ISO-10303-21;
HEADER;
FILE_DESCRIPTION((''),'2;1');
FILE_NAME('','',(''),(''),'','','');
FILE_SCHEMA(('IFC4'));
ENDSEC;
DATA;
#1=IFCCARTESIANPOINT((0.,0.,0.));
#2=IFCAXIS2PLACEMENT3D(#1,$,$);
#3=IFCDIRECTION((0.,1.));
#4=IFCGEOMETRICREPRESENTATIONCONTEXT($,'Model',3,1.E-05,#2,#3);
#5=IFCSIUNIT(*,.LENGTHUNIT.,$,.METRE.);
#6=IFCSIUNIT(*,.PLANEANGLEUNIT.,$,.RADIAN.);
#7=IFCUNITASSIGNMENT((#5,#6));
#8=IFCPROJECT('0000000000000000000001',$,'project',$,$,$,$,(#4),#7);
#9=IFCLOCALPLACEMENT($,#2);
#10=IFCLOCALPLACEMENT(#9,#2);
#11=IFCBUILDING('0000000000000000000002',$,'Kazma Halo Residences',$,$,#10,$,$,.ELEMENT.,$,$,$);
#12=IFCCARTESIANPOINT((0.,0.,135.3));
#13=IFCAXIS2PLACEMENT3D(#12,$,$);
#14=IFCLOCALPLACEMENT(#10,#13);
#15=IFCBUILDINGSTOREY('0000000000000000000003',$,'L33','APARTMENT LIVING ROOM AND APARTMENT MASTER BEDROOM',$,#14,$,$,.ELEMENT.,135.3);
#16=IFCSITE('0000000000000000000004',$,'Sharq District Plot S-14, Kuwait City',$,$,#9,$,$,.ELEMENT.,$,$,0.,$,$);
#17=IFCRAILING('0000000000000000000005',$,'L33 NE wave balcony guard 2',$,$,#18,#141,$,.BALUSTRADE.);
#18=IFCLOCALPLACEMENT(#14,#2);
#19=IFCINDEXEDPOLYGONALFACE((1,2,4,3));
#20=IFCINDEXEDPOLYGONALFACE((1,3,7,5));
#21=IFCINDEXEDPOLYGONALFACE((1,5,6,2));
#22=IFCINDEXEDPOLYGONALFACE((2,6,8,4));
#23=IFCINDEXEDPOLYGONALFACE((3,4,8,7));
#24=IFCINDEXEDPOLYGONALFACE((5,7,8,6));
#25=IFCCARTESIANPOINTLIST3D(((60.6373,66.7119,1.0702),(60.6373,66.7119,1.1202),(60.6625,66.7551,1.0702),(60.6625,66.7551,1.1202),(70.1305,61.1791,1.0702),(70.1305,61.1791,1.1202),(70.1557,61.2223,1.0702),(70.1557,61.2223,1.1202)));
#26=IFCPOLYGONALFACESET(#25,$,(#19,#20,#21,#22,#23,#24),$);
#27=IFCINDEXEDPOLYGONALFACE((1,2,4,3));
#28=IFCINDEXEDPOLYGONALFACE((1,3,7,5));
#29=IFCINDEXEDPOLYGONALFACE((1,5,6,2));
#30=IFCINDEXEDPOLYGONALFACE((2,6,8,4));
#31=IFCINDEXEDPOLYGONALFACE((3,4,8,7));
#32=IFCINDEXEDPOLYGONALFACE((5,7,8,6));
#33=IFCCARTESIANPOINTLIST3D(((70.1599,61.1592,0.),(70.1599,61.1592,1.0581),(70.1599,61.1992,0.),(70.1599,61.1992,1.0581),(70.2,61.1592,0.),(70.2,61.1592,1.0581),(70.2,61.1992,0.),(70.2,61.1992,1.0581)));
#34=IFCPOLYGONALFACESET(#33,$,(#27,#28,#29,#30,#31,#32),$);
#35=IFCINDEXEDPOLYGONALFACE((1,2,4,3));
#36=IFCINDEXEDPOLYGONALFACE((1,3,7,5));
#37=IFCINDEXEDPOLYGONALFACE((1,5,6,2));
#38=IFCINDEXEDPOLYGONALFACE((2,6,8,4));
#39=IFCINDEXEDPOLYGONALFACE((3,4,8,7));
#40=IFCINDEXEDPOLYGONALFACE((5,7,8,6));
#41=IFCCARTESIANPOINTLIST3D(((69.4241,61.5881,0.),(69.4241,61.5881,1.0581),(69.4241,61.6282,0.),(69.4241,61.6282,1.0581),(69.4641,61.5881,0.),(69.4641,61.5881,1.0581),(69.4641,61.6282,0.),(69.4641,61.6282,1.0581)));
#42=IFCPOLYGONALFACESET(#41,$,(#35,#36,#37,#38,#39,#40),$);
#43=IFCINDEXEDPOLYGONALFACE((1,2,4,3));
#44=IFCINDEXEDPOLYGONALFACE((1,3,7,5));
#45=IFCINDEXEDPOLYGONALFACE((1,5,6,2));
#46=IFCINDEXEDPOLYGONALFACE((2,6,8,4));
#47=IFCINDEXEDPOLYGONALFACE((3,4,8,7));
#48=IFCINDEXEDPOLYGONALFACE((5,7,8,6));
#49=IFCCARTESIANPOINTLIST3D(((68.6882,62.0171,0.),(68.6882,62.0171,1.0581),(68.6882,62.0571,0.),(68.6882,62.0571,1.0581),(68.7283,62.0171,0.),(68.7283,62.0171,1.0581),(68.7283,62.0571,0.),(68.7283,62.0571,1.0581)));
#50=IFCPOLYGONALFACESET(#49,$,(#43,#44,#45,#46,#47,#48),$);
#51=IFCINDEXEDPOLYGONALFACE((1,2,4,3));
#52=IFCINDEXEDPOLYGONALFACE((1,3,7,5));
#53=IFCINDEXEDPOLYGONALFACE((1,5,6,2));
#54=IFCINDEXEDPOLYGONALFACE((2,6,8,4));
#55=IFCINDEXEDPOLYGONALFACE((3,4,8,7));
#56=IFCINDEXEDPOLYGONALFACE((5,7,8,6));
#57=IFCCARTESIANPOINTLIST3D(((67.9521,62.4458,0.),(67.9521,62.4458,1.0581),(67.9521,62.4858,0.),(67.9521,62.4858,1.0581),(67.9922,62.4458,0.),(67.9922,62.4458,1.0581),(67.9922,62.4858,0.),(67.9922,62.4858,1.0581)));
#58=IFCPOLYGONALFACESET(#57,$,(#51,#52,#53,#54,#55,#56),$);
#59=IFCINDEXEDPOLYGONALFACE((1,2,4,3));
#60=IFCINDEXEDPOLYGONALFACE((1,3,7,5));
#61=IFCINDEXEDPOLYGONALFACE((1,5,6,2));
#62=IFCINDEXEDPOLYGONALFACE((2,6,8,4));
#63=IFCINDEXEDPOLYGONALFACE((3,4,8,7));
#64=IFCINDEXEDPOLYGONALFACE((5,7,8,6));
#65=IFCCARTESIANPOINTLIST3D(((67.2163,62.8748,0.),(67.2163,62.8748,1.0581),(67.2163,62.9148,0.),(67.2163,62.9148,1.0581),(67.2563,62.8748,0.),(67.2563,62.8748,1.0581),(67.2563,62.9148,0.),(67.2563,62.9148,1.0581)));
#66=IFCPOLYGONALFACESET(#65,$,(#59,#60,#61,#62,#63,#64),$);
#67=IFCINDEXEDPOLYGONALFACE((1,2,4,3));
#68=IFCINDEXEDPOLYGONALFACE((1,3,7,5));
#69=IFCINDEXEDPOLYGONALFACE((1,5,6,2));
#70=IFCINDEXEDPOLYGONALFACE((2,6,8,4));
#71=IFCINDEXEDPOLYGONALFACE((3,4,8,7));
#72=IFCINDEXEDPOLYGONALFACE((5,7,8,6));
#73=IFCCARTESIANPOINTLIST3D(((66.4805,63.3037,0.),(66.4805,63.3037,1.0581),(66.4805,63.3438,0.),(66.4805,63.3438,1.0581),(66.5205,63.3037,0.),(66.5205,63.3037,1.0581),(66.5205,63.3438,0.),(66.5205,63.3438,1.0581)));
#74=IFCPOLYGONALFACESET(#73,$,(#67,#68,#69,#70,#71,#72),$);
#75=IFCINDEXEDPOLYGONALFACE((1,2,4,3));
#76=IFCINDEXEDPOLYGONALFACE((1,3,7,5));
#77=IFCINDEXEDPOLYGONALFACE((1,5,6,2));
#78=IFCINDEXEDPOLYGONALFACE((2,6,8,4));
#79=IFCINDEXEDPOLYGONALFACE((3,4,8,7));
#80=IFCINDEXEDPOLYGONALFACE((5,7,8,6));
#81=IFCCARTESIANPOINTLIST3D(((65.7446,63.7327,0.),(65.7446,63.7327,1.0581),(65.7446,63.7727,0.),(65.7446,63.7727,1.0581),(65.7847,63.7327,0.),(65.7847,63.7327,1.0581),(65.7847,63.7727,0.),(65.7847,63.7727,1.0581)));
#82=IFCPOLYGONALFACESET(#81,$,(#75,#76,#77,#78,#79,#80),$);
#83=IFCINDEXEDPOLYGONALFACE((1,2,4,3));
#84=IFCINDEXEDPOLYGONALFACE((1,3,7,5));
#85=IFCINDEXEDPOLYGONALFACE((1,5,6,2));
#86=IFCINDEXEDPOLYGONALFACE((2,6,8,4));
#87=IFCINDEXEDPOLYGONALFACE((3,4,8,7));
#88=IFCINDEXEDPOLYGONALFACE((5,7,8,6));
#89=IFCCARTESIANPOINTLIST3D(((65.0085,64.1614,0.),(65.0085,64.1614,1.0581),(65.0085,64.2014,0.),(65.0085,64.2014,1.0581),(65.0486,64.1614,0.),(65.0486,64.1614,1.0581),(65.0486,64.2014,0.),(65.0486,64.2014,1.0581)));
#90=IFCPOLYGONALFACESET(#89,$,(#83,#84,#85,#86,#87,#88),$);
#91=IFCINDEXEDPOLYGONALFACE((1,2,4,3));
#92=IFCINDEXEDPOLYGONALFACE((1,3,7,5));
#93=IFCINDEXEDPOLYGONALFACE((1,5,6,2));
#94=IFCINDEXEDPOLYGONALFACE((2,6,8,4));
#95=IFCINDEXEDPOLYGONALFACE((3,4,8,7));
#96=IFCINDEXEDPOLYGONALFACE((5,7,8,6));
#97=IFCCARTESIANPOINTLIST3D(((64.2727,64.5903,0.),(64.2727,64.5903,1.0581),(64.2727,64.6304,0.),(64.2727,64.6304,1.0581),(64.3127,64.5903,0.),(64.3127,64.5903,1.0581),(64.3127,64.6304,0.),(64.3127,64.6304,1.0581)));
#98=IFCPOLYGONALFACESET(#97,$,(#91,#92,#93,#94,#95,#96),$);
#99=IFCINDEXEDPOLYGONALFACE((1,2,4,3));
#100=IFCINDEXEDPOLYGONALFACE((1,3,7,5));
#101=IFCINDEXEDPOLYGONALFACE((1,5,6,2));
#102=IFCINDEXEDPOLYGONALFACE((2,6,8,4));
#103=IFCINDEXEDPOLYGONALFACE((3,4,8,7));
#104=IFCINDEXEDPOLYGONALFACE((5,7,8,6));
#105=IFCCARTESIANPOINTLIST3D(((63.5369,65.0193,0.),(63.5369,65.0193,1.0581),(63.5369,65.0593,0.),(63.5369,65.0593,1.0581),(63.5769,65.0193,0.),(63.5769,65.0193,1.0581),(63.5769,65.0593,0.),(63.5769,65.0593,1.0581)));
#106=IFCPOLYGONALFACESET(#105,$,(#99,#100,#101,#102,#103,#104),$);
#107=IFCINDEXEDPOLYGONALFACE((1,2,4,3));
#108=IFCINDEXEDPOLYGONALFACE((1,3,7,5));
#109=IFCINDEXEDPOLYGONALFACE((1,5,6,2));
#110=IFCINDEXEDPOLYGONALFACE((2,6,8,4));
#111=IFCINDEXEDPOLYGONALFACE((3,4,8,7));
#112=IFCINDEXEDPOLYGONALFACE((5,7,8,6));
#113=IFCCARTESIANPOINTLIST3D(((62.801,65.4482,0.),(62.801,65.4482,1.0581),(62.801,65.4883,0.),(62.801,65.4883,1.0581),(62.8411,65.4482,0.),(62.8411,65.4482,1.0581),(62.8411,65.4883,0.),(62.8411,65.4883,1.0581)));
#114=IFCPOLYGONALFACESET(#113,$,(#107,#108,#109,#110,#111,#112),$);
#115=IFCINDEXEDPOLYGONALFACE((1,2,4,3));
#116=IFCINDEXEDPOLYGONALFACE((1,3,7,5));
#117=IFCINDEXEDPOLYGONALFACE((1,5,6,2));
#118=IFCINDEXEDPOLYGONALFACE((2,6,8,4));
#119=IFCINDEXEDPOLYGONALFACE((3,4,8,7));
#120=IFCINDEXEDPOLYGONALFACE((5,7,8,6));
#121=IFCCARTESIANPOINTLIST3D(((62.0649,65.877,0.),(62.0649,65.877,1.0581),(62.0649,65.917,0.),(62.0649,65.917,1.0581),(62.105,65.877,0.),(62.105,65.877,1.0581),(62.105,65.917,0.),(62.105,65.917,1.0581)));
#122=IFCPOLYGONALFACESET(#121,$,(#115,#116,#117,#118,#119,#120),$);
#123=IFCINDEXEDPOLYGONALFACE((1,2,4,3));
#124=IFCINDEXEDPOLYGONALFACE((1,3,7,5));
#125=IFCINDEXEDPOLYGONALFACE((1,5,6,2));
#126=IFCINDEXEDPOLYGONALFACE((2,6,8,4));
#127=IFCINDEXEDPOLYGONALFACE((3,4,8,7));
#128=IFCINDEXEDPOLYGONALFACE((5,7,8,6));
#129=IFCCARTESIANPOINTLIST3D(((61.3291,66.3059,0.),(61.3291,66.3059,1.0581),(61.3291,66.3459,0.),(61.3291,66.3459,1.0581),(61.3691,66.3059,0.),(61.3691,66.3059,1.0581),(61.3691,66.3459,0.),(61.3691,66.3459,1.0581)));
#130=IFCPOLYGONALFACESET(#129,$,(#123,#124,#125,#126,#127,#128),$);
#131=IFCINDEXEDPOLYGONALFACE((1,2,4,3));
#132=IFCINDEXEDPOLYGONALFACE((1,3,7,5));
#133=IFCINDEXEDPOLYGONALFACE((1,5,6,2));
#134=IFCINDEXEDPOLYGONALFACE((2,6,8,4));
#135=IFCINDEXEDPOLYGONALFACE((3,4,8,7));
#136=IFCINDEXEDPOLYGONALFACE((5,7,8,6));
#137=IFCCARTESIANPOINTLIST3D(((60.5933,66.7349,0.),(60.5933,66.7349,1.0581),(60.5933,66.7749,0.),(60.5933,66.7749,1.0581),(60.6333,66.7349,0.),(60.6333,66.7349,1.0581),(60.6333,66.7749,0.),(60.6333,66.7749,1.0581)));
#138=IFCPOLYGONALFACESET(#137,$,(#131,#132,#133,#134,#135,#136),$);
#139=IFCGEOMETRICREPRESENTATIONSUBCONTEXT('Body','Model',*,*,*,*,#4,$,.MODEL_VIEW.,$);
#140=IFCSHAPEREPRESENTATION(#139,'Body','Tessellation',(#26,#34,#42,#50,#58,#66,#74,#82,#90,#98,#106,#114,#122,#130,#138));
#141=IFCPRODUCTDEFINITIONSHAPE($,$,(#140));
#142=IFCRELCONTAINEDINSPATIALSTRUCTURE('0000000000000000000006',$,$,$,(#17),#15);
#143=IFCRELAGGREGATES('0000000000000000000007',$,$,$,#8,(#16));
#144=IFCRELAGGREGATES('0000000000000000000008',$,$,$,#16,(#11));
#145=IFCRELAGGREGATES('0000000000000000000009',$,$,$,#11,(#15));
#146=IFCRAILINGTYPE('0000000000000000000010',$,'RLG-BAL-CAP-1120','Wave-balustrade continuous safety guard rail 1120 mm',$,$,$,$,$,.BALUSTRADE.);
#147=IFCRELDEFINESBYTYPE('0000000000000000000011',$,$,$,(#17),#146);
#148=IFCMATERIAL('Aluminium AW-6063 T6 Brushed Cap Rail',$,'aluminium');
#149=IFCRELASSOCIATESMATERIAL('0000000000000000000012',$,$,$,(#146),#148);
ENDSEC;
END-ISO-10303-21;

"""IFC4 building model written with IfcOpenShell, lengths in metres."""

from ifc_helpers import new_model, si_unit, direction, frame, origin, origin_2d, place, context, subcontext, project, spatial, rectangle, extrude, material, type_object, element, save


model = new_model("IFC4")

# Units and contexts
model_context = context("Model", 3, precision=1e-05, world=origin(), true_north=direction((0.0, 1.0)))
body_context = subcontext(model_context, "Body", "Model", "MODEL_VIEW")
ifc_project = project(units=[si_unit("LENGTHUNIT", "METRE"), si_unit("PLANEANGLEUNIT", "RADIAN")], contexts=[model_context])

# Site, building, storey
site_placement = place(None, origin())
site = spatial("IfcSite", under=ifc_project, at=site_placement, Name="Sharq District Plot S-14, Kuwait City", CompositionType="ELEMENT", RefElevation=0.0)
building_placement = place(site_placement, origin())
building = spatial("IfcBuilding", under=site, at=building_placement, Name="Kazma Halo Residences", CompositionType="ELEMENT")
storey_placement = place(building_placement, frame((0.0, 0.0, 135.3)))
storey = spatial("IfcBuildingStorey", under=building, at=storey_placement, Name="L33", Description="APARTMENT LIVING ROOM AND APARTMENT MASTER BEDROOM", CompositionType="ELEMENT", Elevation=135.3)

# Railing
ifc_material_1 = material(Name="Aluminium AW-6063 T6 Brushed Cap Rail", Category="aluminium")
railing_type = type_object("IfcRailingType", Name="RLG-BAL-CAP-1120", Description="Wave-balustrade continuous safety guard rail 1120 mm", PredefinedType="BALUSTRADE", material=ifc_material_1)
railing_1_placement = place(storey_placement, frame((70.1799, 61.1792, 0.0)))
element("IfcRailing", 1, at=railing_1_placement, inside=storey, type_object=railing_type, Name="L33 NE wave balcony guard 2", PredefinedType="BALUSTRADE", context=body_context, shape_type="SweptSolid", body=[
    extrude(rectangle(XDim=0.05, YDim=0.05, at=origin_2d()), frame((-0.0369, 0.0215, 1.0952), z_axis=(-0.86397, 0.503543, 0.0), x_axis=(-0.503543, -0.86397, 0.0)), (0.0, 0.0, 1.0), 10.9878),
    extrude(rectangle(XDim=0.04, YDim=0.04, at=origin_2d()), origin(), (0.0, 0.0, 1.0), 1.0581),
    extrude(rectangle(XDim=0.04, YDim=0.04, at=origin_2d()), frame((-0.7358, 0.429, 0.0)), (0.0, 0.0, 1.0), 1.0581),
    extrude(rectangle(XDim=0.04, YDim=0.04, at=origin_2d()), frame((-1.4717, 0.8579, 0.0)), (0.0, 0.0, 1.0), 1.0581),
    extrude(rectangle(XDim=0.04, YDim=0.04, at=origin_2d()), frame((-2.2078, 1.2866, 0.0)), (0.0, 0.0, 1.0), 1.0581),
    extrude(rectangle(XDim=0.04, YDim=0.04, at=origin_2d()), frame((-2.9436, 1.7156, 0.0)), (0.0, 0.0, 1.0), 1.0581),
    extrude(rectangle(XDim=0.04, YDim=0.04, at=origin_2d()), frame((-3.6794, 2.1445, 0.0)), (0.0, 0.0, 1.0), 1.0581),
    extrude(rectangle(XDim=0.04, YDim=0.04, at=origin_2d()), frame((-4.4153, 2.5735, 0.0)), (0.0, 0.0, 1.0), 1.0581),
    extrude(rectangle(XDim=0.04, YDim=0.04, at=origin_2d()), frame((-5.1514, 3.0022, 0.0)), (0.0, 0.0, 1.0), 1.0581),
    extrude(rectangle(XDim=0.04, YDim=0.04, at=origin_2d()), frame((-5.8872, 3.4312, 0.0)), (0.0, 0.0, 1.0), 1.0581),
    extrude(rectangle(XDim=0.04, YDim=0.04, at=origin_2d()), frame((-6.623, 3.8601, 0.0)), (0.0, 0.0, 1.0), 1.0581),
    extrude(rectangle(XDim=0.04, YDim=0.04, at=origin_2d()), frame((-7.3589, 4.2891, 0.0)), (0.0, 0.0, 1.0), 1.0581),
    extrude(rectangle(XDim=0.04, YDim=0.04, at=origin_2d()), frame((-8.095, 4.7178, 0.0)), (0.0, 0.0, 1.0), 1.0581),
    extrude(rectangle(XDim=0.04, YDim=0.04, at=origin_2d()), frame((-8.8308, 5.1467, 0.0)), (0.0, 0.0, 1.0), 1.0581),
    extrude(rectangle(XDim=0.04, YDim=0.04, at=origin_2d()), frame((-9.5667, 5.5757, 0.0)), (0.0, 0.0, 1.0), 1.0581),
])

save(model, "model.ifc")
